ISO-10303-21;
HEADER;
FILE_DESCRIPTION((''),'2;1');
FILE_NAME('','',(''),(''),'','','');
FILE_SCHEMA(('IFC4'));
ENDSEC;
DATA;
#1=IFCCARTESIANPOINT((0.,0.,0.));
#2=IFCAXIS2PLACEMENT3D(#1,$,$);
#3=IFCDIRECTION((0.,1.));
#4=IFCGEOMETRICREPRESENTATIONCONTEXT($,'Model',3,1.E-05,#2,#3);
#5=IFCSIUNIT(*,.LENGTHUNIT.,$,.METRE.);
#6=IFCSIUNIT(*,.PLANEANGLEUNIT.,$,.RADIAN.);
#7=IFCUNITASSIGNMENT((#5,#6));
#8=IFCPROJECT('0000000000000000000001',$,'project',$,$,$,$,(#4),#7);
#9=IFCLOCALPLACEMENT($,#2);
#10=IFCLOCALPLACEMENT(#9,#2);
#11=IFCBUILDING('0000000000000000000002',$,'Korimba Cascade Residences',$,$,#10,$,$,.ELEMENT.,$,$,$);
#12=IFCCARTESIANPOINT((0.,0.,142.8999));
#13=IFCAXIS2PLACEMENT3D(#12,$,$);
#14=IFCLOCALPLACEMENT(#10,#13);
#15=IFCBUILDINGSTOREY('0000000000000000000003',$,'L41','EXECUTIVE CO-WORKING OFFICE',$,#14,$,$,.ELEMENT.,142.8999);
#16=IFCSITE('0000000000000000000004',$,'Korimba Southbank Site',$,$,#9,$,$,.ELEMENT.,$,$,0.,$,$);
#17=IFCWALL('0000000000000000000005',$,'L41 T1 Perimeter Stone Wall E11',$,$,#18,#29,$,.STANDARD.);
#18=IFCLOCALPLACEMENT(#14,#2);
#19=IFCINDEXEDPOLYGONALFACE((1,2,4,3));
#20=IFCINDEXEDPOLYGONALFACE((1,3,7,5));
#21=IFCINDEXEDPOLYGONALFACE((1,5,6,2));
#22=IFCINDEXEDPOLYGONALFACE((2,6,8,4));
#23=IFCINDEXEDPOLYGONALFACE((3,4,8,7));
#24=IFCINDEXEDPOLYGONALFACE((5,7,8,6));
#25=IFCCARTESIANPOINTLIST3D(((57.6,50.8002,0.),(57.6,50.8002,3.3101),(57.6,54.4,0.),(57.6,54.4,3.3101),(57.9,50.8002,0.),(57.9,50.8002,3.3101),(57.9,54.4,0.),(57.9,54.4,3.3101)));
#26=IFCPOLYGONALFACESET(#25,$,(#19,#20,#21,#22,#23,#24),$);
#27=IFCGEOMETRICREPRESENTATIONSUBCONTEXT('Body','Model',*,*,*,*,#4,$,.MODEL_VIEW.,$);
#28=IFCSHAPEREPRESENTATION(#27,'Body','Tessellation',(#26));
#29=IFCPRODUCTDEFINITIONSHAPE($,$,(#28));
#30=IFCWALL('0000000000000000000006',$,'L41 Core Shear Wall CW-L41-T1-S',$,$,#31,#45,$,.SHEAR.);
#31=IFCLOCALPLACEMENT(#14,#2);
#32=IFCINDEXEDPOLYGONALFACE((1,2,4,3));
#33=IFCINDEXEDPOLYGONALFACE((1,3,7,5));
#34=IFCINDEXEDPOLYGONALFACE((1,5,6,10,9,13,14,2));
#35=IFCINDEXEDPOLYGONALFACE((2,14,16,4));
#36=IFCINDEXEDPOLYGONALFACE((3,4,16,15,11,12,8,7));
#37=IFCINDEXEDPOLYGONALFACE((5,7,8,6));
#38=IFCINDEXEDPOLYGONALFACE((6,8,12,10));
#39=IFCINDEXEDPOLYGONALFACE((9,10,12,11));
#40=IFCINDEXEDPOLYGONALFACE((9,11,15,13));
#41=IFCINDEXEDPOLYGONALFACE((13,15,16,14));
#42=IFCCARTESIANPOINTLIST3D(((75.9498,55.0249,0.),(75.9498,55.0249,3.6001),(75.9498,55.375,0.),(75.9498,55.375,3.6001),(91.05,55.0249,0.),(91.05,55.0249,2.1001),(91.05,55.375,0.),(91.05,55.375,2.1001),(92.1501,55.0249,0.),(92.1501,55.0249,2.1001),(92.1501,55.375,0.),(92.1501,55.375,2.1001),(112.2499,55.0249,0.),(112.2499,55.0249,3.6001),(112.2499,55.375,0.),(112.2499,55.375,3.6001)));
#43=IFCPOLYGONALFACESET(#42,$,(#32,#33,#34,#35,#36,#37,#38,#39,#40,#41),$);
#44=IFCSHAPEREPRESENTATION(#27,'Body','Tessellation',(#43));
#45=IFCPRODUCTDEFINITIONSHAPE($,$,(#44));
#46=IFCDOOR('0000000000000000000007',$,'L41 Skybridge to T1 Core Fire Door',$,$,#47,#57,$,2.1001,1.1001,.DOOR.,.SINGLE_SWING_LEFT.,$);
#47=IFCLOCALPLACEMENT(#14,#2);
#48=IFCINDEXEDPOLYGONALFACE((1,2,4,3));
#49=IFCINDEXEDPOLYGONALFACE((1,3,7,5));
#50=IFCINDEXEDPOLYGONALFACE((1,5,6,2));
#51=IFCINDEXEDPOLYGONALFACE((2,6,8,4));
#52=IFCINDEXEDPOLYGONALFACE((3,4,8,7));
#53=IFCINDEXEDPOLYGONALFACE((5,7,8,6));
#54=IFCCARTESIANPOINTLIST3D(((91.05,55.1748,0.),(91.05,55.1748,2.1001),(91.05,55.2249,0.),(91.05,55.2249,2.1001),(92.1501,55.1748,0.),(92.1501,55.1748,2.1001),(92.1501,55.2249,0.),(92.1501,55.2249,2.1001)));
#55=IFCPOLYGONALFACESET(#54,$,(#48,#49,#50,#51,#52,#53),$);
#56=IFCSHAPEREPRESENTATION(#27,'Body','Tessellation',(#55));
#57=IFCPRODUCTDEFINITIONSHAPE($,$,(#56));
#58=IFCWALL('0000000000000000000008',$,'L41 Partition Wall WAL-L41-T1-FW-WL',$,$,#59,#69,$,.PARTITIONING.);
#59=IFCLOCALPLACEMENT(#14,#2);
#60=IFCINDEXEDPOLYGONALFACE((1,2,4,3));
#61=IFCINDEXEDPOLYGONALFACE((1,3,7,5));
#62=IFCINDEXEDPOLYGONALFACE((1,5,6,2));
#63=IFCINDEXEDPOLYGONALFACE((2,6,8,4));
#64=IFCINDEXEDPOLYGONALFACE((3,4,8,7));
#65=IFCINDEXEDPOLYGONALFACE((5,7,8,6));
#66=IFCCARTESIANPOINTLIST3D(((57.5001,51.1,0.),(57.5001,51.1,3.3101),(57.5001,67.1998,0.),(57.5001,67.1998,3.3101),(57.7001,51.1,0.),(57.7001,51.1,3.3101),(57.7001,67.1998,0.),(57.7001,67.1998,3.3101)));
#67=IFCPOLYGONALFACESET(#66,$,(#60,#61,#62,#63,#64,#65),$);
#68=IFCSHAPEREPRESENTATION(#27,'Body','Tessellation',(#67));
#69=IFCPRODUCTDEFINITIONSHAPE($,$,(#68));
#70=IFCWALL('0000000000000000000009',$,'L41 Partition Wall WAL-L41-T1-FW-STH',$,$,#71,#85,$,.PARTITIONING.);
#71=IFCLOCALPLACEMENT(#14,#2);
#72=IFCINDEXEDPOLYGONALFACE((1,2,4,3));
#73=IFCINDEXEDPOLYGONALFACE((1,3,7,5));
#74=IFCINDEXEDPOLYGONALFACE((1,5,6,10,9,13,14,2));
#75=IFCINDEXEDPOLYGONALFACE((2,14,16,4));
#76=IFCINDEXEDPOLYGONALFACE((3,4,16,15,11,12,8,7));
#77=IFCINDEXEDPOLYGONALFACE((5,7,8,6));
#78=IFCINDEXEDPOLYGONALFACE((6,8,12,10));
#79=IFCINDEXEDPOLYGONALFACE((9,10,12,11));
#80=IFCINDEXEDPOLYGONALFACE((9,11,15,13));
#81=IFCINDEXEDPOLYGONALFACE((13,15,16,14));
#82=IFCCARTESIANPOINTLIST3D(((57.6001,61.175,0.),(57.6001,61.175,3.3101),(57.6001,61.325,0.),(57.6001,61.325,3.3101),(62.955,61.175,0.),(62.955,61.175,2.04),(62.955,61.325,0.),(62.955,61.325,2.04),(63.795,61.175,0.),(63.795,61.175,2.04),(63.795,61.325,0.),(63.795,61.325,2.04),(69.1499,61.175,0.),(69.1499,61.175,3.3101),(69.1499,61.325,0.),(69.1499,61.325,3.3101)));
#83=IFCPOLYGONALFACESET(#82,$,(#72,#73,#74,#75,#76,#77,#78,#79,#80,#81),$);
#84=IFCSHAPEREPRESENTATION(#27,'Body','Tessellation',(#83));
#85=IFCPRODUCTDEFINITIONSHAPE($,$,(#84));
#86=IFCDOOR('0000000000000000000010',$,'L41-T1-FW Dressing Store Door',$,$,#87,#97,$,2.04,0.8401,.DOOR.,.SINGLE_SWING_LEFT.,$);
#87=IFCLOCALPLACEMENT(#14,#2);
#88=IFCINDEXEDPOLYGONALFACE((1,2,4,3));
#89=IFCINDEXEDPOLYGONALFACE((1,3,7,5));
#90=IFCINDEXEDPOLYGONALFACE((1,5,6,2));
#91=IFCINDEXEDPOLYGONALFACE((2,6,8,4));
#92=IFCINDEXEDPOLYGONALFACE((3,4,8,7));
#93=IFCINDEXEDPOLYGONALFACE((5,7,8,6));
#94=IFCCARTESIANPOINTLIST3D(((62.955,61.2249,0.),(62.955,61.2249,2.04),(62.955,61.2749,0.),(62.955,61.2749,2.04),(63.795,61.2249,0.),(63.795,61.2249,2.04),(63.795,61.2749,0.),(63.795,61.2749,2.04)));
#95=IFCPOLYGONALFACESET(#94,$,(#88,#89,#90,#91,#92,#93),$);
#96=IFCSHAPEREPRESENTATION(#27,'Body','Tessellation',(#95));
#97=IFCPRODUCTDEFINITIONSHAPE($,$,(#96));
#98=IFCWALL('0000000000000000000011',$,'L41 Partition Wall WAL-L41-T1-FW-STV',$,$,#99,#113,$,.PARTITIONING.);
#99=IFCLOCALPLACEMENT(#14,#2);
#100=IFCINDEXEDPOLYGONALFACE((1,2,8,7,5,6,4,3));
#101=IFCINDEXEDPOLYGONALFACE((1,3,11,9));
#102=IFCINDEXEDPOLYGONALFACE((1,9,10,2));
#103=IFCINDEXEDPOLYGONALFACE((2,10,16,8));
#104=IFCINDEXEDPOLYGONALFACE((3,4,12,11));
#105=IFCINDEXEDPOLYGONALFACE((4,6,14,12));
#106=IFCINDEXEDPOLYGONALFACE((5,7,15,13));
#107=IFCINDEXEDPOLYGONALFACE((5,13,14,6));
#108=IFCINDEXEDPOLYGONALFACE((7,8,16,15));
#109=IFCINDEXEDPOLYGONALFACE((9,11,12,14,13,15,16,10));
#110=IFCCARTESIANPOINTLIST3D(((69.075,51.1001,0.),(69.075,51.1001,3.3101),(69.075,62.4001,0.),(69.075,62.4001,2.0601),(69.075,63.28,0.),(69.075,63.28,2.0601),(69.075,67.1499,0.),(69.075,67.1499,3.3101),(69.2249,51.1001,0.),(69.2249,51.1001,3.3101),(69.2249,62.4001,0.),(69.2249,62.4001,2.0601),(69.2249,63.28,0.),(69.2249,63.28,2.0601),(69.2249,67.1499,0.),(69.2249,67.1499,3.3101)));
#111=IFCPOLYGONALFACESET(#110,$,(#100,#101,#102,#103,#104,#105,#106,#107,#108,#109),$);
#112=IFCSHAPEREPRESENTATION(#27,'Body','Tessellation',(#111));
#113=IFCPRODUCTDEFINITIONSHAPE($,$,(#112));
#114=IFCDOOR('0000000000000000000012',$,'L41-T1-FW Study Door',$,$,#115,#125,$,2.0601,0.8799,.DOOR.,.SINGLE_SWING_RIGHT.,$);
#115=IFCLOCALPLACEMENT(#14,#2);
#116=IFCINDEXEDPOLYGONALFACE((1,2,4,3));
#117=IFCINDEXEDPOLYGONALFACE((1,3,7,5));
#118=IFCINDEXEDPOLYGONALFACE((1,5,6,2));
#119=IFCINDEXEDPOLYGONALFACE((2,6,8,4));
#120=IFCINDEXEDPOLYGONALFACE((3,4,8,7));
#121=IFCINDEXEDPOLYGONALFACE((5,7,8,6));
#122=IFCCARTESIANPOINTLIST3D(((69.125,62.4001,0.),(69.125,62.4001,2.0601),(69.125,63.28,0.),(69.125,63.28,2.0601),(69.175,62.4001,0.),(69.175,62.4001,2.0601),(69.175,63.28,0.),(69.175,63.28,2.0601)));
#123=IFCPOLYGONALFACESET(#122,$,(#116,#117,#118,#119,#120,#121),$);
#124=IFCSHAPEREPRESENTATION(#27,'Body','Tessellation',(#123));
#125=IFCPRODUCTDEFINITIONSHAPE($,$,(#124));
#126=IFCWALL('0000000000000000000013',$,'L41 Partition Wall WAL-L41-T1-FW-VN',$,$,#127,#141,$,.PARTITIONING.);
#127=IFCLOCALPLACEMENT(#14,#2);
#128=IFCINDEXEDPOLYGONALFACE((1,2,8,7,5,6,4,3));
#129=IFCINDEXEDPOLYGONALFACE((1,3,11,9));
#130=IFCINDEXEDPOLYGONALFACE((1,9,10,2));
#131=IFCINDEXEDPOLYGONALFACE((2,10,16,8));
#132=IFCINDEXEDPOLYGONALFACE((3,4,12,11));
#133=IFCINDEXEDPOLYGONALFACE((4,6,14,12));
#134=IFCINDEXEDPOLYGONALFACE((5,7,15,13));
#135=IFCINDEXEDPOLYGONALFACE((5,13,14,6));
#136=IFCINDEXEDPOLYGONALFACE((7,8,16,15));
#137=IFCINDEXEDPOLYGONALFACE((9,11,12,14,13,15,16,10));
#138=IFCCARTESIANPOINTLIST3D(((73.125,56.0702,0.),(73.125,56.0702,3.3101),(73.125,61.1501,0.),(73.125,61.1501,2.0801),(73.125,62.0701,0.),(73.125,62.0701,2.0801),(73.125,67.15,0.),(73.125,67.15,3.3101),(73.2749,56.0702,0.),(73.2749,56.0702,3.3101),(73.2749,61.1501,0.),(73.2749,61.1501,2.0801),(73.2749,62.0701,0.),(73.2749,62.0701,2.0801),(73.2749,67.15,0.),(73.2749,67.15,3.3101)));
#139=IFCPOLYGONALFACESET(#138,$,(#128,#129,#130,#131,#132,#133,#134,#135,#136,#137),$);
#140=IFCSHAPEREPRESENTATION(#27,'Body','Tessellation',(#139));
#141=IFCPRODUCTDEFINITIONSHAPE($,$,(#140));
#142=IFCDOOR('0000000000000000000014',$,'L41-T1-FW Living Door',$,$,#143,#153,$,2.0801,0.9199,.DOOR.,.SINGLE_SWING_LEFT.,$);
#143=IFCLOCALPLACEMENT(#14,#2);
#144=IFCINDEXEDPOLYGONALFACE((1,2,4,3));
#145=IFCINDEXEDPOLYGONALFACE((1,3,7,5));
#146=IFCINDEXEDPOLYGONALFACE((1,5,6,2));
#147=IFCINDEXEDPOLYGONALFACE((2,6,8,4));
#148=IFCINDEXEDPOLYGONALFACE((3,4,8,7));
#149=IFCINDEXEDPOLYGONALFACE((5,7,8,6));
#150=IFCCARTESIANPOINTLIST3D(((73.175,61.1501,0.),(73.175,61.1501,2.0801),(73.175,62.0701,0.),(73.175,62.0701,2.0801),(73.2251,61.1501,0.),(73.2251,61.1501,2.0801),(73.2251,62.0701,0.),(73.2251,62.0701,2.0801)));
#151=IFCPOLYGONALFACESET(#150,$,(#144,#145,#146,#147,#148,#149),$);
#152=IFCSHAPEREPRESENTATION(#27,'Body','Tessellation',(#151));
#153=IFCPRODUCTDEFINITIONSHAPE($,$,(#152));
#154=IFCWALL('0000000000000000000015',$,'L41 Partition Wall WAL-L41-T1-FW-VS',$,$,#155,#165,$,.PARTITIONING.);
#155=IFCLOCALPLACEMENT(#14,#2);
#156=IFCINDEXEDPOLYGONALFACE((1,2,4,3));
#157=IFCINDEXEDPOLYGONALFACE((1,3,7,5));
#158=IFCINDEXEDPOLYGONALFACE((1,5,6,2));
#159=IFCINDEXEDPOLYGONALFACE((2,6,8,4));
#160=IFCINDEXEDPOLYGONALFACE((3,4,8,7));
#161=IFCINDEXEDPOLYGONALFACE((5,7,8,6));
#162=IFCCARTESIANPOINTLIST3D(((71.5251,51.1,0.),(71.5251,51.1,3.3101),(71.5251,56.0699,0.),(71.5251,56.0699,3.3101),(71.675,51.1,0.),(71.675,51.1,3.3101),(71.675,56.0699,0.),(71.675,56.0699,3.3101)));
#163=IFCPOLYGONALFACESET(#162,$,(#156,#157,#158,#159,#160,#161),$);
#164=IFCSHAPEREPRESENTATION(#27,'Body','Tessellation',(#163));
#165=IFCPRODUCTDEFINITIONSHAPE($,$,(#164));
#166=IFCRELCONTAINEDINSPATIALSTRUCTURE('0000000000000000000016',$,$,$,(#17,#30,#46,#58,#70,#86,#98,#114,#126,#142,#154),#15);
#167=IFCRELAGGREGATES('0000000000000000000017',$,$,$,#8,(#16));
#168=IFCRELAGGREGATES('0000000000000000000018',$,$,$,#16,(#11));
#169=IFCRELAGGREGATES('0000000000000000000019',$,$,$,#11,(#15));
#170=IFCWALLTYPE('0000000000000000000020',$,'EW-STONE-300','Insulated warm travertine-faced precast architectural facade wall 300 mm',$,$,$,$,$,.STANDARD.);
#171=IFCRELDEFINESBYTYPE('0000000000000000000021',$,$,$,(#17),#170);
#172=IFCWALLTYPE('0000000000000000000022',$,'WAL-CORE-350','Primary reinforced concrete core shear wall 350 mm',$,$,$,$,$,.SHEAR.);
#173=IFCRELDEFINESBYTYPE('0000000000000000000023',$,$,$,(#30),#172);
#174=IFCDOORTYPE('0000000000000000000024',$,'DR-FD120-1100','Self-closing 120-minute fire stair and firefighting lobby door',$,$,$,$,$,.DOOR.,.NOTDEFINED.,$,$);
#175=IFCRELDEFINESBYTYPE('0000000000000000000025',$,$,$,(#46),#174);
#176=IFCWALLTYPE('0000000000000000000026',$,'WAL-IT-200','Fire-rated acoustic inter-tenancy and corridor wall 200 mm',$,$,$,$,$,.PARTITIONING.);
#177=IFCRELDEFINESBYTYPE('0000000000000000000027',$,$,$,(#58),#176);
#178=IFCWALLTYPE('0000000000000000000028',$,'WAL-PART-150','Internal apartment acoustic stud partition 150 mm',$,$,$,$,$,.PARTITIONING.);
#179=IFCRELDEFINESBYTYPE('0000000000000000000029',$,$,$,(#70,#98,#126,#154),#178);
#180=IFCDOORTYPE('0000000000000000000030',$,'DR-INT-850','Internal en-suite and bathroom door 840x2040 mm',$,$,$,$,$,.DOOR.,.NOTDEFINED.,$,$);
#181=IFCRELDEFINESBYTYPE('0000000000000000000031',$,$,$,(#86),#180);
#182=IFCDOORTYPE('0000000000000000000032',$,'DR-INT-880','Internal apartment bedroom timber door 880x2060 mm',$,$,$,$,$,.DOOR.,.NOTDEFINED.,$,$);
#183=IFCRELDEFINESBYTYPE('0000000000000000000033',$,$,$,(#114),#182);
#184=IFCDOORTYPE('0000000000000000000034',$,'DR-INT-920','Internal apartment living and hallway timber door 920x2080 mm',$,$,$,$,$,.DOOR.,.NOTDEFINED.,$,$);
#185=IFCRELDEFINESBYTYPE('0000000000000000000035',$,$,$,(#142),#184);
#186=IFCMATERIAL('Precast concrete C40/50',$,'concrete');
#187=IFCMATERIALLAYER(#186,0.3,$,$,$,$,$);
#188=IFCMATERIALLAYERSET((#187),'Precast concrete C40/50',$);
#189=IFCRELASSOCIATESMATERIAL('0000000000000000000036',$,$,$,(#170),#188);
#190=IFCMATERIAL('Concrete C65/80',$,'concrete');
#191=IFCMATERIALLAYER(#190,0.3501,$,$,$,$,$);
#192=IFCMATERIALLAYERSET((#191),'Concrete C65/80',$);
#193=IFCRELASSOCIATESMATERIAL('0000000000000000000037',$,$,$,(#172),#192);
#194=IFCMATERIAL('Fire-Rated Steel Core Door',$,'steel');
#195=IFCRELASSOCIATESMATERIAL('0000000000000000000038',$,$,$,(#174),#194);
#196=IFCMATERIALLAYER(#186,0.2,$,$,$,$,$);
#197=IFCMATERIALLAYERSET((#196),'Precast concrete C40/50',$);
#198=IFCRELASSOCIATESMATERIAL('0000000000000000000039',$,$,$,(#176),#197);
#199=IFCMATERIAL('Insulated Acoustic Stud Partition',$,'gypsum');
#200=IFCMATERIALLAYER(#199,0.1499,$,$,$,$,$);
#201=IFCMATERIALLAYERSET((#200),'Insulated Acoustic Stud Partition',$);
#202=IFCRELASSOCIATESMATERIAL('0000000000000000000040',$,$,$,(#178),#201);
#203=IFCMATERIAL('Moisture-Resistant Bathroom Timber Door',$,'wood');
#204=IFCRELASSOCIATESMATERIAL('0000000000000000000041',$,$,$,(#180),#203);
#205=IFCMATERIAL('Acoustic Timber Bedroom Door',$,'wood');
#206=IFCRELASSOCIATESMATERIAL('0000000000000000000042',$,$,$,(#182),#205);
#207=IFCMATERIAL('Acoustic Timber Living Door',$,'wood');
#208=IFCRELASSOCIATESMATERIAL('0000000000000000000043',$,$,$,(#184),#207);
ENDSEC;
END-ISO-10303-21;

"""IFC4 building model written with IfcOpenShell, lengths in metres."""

from ifc_helpers import new_model, si_unit, direction, frame, frame_2d, origin, place, context, subcontext, project, spatial, rectangle, extrude, material, layer, layer_set, type_object, element, fill, save


model = new_model("IFC4")

# Units and contexts
model_context = context("Model", 3, precision=1e-05, world=origin(), true_north=direction((0.0, 1.0)))
body_context = subcontext(model_context, "Body", "Model", "MODEL_VIEW")
ifc_project = project(units=[si_unit("LENGTHUNIT", "METRE"), si_unit("PLANEANGLEUNIT", "RADIAN")], contexts=[model_context])

# Site, building, storey
site_placement = place(None, origin())
site = spatial("IfcSite", under=ifc_project, at=site_placement, Name="Korimba Southbank Site", CompositionType="ELEMENT", RefElevation=0.0)
building_placement = place(site_placement, origin())
building = spatial("IfcBuilding", under=site, at=building_placement, Name="Korimba Cascade Residences", CompositionType="ELEMENT")
storey_placement = place(building_placement, frame((0.0, 0.0, 142.8999)))
storey = spatial("IfcBuildingStorey", under=building, at=storey_placement, Name="L41", Description="EXECUTIVE CO-WORKING OFFICE", CompositionType="ELEMENT", Elevation=142.8999)

# Shared definitions
ifc_material_1 = material(Name="Precast concrete C40/50", Category="concrete")
ifc_layer_1 = layer(ifc_material_1, 0.3)
ifc_layer_set_1 = layer_set([ifc_layer_1], Name="Precast concrete C40/50")
wall_type_1 = type_object("IfcWallType", Name="EW-STONE-300", Description="Insulated warm travertine-faced precast architectural facade wall 300 mm", PredefinedType="STANDARD", material=ifc_layer_set_1)

# Wall
wall_1_placement = place(storey_placement, frame((57.75, 54.3999, 0.0), z_axis=(0.0, 0.0, 1.0), x_axis=(0.0, -1.0, 0.0)))
element("IfcWall", 1, at=wall_1_placement, inside=storey, type_object=wall_type_1, Name="L41 T1 Perimeter Stone Wall E11", PredefinedType="STANDARD", context=body_context, shape_type="SweptSolid", body=[
    extrude(rectangle(XDim=3.5999, YDim=0.3, at=frame_2d((1.7998, 0.0))), origin(), (0.0, 0.0, 1.0), 3.3101),
])

# Wall, opening, door
ifc_material_2 = material(Name="Concrete C65/80", Category="concrete")
ifc_layer_2 = layer(ifc_material_2, 0.3501)
ifc_layer_set_2 = layer_set([ifc_layer_2], Name="Concrete C65/80")
wall_type_2 = type_object("IfcWallType", Name="WAL-CORE-350", Description="Primary reinforced concrete core shear wall 350 mm", PredefinedType="SHEAR", material=ifc_layer_set_2)
wall_2_placement = place(storey_placement, frame((75.95, 55.2, 0.0), z_axis=(0.0, 0.0, 1.0), x_axis=(1.0, 0.0, 0.0)))
wall_2 = element("IfcWall", 2, at=wall_2_placement, inside=storey, type_object=wall_type_2, Name="L41 Core Shear Wall CW-L41-T1-S", PredefinedType="SHEAR", context=body_context, shape_type="SweptSolid", body=[
    extrude(rectangle(XDim=36.3, YDim=0.3501, at=frame_2d((18.1499, 0.0))), origin(), (0.0, 0.0, 1.0), 3.6001),
])
opening_1_placement = place(wall_2_placement, frame((15.1001, 0.0, 0.0)))
opening_1 = element("IfcOpeningElement", 3, at=opening_1_placement, cuts=wall_2, PredefinedType="OPENING", context=body_context, shape_type="SweptSolid", body=[
    extrude(rectangle(XDim=1.1001, YDim=2.1001, at=frame_2d((0.55, 1.05))), frame((0.0, 0.1851, 0.0), z_axis=(0.0, -1.0, 0.0), x_axis=(1.0, 0.0, 0.0)), (0.0, 0.0, 1.0), 0.3701),
])
ifc_material_3 = material(Name="Fire-Rated Steel Core Door", Category="steel")
door_type_1 = type_object("IfcDoorType", Name="DR-FD120-1100", Description="Self-closing 120-minute fire stair and firefighting lobby door", OperationType="NOTDEFINED", PredefinedType="DOOR", material=ifc_material_3)
door_1_placement = place(opening_1_placement, origin())
door_1 = element("IfcDoor", 4, at=door_1_placement, inside=storey, type_object=door_type_1, Name="L41 Skybridge to T1 Core Fire Door", OperationType="SINGLE_SWING_LEFT", OverallHeight=2.1001, OverallWidth=1.1001, PredefinedType="DOOR", context=body_context, shape_type="SweptSolid", body=[
    extrude(rectangle(XDim=1.1001, YDim=2.1001, at=frame_2d((0.55, 1.05))), frame((0.0, 0.0249, 0.0), z_axis=(0.0, -1.0, 0.0), x_axis=(1.0, 0.0, 0.0)), (0.0, 0.0, 1.0), 0.05),
])
fill(opening_1, door_1)

# Wall
ifc_layer_3 = layer(ifc_material_1, 0.2)
ifc_layer_set_3 = layer_set([ifc_layer_3], Name="Precast concrete C40/50")
wall_type_3 = type_object("IfcWallType", Name="WAL-IT-200", Description="Fire-rated acoustic inter-tenancy and corridor wall 200 mm", PredefinedType="PARTITIONING", material=ifc_layer_set_3)
wall_3_placement = place(storey_placement, frame((57.6001, 51.1001, 0.0), z_axis=(0.0, 0.0, 1.0), x_axis=(0.0, 1.0, 0.0)))
element("IfcWall", 5, at=wall_3_placement, inside=storey, type_object=wall_type_3, Name="L41 Partition Wall WAL-L41-T1-FW-WL", PredefinedType="PARTITIONING", context=body_context, shape_type="SweptSolid", body=[
    extrude(rectangle(XDim=16.0999, YDim=0.2, at=frame_2d((8.0498, 0.0))), origin(), (0.0, 0.0, 1.0), 3.3101),
])

# Walls, openings, doors
ifc_material_4 = material(Name="Insulated Acoustic Stud Partition", Category="gypsum")
ifc_layer_4 = layer(ifc_material_4, 0.1499)
ifc_layer_set_4 = layer_set([ifc_layer_4], Name="Insulated Acoustic Stud Partition")
wall_type_4 = type_object("IfcWallType", Name="WAL-PART-150", Description="Internal apartment acoustic stud partition 150 mm", PredefinedType="PARTITIONING", material=ifc_layer_set_4)
wall_4_placement = place(storey_placement, frame((57.6001, 61.25, 0.0), z_axis=(0.0, 0.0, 1.0), x_axis=(1.0, 0.0, 0.0)))
wall_4 = element("IfcWall", 6, at=wall_4_placement, inside=storey, type_object=wall_type_4, Name="L41 Partition Wall WAL-L41-T1-FW-STH", PredefinedType="PARTITIONING", context=body_context, shape_type="SweptSolid", body=[
    extrude(rectangle(XDim=11.5498, YDim=0.1499, at=frame_2d((5.7749, 0.0))), origin(), (0.0, 0.0, 1.0), 3.3101),
])
opening_2_placement = place(wall_4_placement, frame((5.355, 0.0, 0.0)))
opening_2 = element("IfcOpeningElement", 7, at=opening_2_placement, cuts=wall_4, PredefinedType="OPENING", context=body_context, shape_type="SweptSolid", body=[
    extrude(rectangle(XDim=0.8401, YDim=2.04, at=frame_2d((0.4199, 1.02))), frame((0.0, 0.085, 0.0), z_axis=(0.0, -1.0, 0.0), x_axis=(1.0, 0.0, 0.0)), (0.0, 0.0, 1.0), 0.1699),
])
ifc_material_5 = material(Name="Moisture-Resistant Bathroom Timber Door", Category="wood")
door_type_2 = type_object("IfcDoorType", Name="DR-INT-850", Description="Internal en-suite and bathroom door 840x2040 mm", OperationType="NOTDEFINED", PredefinedType="DOOR", material=ifc_material_5)
door_2_placement = place(opening_2_placement, origin())
door_2 = element("IfcDoor", 8, at=door_2_placement, inside=storey, type_object=door_type_2, Name="L41-T1-FW Dressing Store Door", OperationType="SINGLE_SWING_LEFT", OverallHeight=2.04, OverallWidth=0.8401, PredefinedType="DOOR", context=body_context, shape_type="SweptSolid", body=[
    extrude(rectangle(XDim=0.8401, YDim=2.04, at=frame_2d((0.4199, 1.02))), frame((0.0, 0.0249, 0.0), z_axis=(0.0, -1.0, 0.0), x_axis=(1.0, 0.0, 0.0)), (0.0, 0.0, 1.0), 0.05),
])
fill(opening_2, door_2)
wall_5_placement = place(storey_placement, frame((69.1499, 51.1001, 0.0), z_axis=(0.0, 0.0, 1.0), x_axis=(0.0, 1.0, 0.0)))
wall_5 = element("IfcWall", 9, at=wall_5_placement, inside=storey, type_object=wall_type_4, Name="L41 Partition Wall WAL-L41-T1-FW-STV", PredefinedType="PARTITIONING", context=body_context, shape_type="SweptSolid", body=[
    extrude(rectangle(XDim=16.0498, YDim=0.1499, at=frame_2d((8.0249, 0.0))), origin(), (0.0, 0.0, 1.0), 3.3101),
])
opening_3_placement = place(wall_5_placement, frame((11.3, 0.0, 0.0)))
opening_3 = element("IfcOpeningElement", 10, at=opening_3_placement, cuts=wall_5, PredefinedType="OPENING", context=body_context, shape_type="SweptSolid", body=[
    extrude(rectangle(XDim=0.8799, YDim=2.0601, at=frame_2d((0.4399, 1.03))), frame((0.0, 0.085, 0.0), z_axis=(0.0, -1.0, 0.0), x_axis=(1.0, 0.0, 0.0)), (0.0, 0.0, 1.0), 0.1699),
])
ifc_material_6 = material(Name="Acoustic Timber Bedroom Door", Category="wood")
door_type_3 = type_object("IfcDoorType", Name="DR-INT-880", Description="Internal apartment bedroom timber door 880x2060 mm", OperationType="NOTDEFINED", PredefinedType="DOOR", material=ifc_material_6)
door_3_placement = place(opening_3_placement, origin())
door_3 = element("IfcDoor", 11, at=door_3_placement, inside=storey, type_object=door_type_3, Name="L41-T1-FW Study Door", OperationType="SINGLE_SWING_RIGHT", OverallHeight=2.0601, OverallWidth=0.8799, PredefinedType="DOOR", context=body_context, shape_type="SweptSolid", body=[
    extrude(rectangle(XDim=0.8799, YDim=2.0601, at=frame_2d((0.4399, 1.03))), frame((0.0, 0.0249, 0.0), z_axis=(0.0, -1.0, 0.0), x_axis=(1.0, 0.0, 0.0)), (0.0, 0.0, 1.0), 0.05),
])
fill(opening_3, door_3)
wall_6_placement = place(storey_placement, frame((73.2, 56.0701, 0.0), z_axis=(0.0, 0.0, 1.0), x_axis=(0.0, 1.0, 0.0)))
wall_6 = element("IfcWall", 12, at=wall_6_placement, inside=storey, type_object=wall_type_4, Name="L41 Partition Wall WAL-L41-T1-FW-VN", PredefinedType="PARTITIONING", context=body_context, shape_type="SweptSolid", body=[
    extrude(rectangle(XDim=11.0798, YDim=0.1499, at=frame_2d((5.54, 0.0))), origin(), (0.0, 0.0, 1.0), 3.3101),
])
opening_4_placement = place(wall_6_placement, frame((5.0801, 0.0, 0.0)))
opening_4 = element("IfcOpeningElement", 13, at=opening_4_placement, cuts=wall_6, PredefinedType="OPENING", context=body_context, shape_type="SweptSolid", body=[
    extrude(rectangle(XDim=0.9199, YDim=2.0801, at=frame_2d((0.46, 1.04))), frame((0.0, 0.085, 0.0), z_axis=(0.0, -1.0, 0.0), x_axis=(1.0, 0.0, 0.0)), (0.0, 0.0, 1.0), 0.1699),
])
ifc_material_7 = material(Name="Acoustic Timber Living Door", Category="wood")
door_type_4 = type_object("IfcDoorType", Name="DR-INT-920", Description="Internal apartment living and hallway timber door 920x2080 mm", OperationType="NOTDEFINED", PredefinedType="DOOR", material=ifc_material_7)
door_4_placement = place(opening_4_placement, origin())
door_4 = element("IfcDoor", 14, at=door_4_placement, inside=storey, type_object=door_type_4, Name="L41-T1-FW Living Door", OperationType="SINGLE_SWING_LEFT", OverallHeight=2.0801, OverallWidth=0.9199, PredefinedType="DOOR", context=body_context, shape_type="SweptSolid", body=[
    extrude(rectangle(XDim=0.9199, YDim=2.0801, at=frame_2d((0.46, 1.04))), frame((0.0, 0.0249, 0.0), z_axis=(0.0, -1.0, 0.0), x_axis=(1.0, 0.0, 0.0)), (0.0, 0.0, 1.0), 0.05),
])
fill(opening_4, door_4)

# Wall
wall_7_placement = place(storey_placement, frame((71.6001, 51.1001, 0.0), z_axis=(0.0, 0.0, 1.0), x_axis=(0.0, 1.0, 0.0)))
element("IfcWall", 15, at=wall_7_placement, inside=storey, type_object=wall_type_4, Name="L41 Partition Wall WAL-L41-T1-FW-VS", PredefinedType="PARTITIONING", context=body_context, shape_type="SweptSolid", body=[
    extrude(rectangle(XDim=4.97, YDim=0.1499, at=frame_2d((2.4849, 0.0))), origin(), (0.0, 0.0, 1.0), 3.3101),
])

save(model, "model.ifc")
